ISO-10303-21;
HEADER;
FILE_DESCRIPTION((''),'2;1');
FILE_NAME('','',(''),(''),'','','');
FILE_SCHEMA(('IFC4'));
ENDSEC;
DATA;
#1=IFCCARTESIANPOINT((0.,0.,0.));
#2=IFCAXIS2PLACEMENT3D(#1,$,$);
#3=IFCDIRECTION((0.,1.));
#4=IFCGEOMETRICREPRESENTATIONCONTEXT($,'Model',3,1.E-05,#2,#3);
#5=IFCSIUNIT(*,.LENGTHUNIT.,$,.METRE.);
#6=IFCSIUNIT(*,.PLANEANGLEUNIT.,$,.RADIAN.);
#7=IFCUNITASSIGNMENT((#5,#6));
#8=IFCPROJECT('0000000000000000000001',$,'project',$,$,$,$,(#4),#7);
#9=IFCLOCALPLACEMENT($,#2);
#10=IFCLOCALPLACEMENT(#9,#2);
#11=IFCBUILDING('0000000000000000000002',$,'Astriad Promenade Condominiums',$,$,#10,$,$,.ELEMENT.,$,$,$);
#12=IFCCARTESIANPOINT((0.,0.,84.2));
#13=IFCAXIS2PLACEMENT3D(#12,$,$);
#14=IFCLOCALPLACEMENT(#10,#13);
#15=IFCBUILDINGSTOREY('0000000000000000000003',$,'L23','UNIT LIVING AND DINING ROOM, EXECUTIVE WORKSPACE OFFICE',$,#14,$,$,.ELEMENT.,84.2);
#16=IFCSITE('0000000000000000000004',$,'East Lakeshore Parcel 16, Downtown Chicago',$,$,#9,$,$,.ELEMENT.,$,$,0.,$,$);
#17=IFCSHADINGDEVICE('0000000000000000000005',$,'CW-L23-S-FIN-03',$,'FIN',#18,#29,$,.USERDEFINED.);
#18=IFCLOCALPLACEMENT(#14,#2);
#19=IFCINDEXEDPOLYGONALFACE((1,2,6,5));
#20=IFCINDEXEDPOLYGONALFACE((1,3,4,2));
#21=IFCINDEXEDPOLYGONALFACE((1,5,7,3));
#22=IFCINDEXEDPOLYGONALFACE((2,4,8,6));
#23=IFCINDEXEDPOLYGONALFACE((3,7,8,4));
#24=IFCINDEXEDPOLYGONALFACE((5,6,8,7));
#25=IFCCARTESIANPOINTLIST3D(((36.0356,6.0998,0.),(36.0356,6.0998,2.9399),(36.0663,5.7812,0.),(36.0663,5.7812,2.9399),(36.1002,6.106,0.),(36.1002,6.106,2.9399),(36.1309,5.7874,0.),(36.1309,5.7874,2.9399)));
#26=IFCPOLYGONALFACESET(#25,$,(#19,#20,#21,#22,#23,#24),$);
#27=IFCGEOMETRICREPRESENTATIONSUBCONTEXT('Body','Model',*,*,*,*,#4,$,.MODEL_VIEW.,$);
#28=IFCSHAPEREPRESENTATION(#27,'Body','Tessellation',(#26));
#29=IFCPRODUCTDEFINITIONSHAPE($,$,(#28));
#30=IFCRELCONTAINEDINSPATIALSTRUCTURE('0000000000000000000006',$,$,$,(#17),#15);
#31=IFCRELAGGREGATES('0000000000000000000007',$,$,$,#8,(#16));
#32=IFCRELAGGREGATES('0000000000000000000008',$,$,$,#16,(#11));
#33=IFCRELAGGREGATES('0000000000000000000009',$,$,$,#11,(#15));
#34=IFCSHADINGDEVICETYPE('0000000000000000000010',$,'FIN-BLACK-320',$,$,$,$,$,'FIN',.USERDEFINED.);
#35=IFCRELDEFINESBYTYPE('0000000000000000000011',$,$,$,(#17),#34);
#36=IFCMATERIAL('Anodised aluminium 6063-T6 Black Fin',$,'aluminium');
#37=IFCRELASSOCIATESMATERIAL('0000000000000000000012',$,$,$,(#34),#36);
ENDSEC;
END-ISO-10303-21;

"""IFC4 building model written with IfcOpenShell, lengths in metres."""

from ifc_helpers import new_model, si_unit, direction, frame, origin, origin_2d, place, context, subcontext, project, spatial, rectangle, extrude, source, transform, mapped, material, type_object, type_shapes, element, save


model = new_model("IFC4")

# Units and contexts
model_context = context("Model", 3, precision=1e-05, world=origin(), true_north=direction((0.0, 1.0)))
body_context = subcontext(model_context, "Body", "Model", "MODEL_VIEW")
ifc_project = project(units=[si_unit("LENGTHUNIT", "METRE"), si_unit("PLANEANGLEUNIT", "RADIAN")], contexts=[model_context])

# Site, building, storey
site_placement = place(None, origin())
site = spatial("IfcSite", under=ifc_project, at=site_placement, Name="East Lakeshore Parcel 16, Downtown Chicago", CompositionType="ELEMENT", RefElevation=0.0)
building_placement = place(site_placement, origin())
building = spatial("IfcBuilding", under=site, at=building_placement, Name="Astriad Promenade Condominiums", CompositionType="ELEMENT")
storey_placement = place(building_placement, frame((0.0, 0.0, 84.2)))
storey = spatial("IfcBuildingStorey", under=building, at=storey_placement, Name="L23", Description="UNIT LIVING AND DINING ROOM, EXECUTIVE WORKSPACE OFFICE", CompositionType="ELEMENT", Elevation=84.2)

# Shading device
ifc_material_1 = material(Name="Anodised aluminium 6063-T6 Black Fin", Category="aluminium")
shading_device_type = type_object("IfcShadingDeviceType", Name="FIN-BLACK-320", ElementType="FIN", PredefinedType="USERDEFINED", material=ifc_material_1)
shared_shape_1 = source(origin(), body_context, "Body", "SweptSolid", [
    extrude(rectangle(XDim=0.0649, YDim=0.3201, at=origin_2d()), origin(), (0.0, 0.0, 1.0), 2.9399),
])
type_shapes(shading_device_type, [shared_shape_1])
shading_device_placement = place(storey_placement, frame((36.0833, 5.9436, 0.0), z_axis=(0.0, 0.0, 1.0), x_axis=(-0.995396, -0.095846, 0.0)))
element("IfcShadingDevice", 1, at=shading_device_placement, inside=storey, type_object=shading_device_type, Name="CW-L23-S-FIN-03", ObjectType="FIN", PredefinedType="USERDEFINED", context=body_context, shape_type="MappedRepresentation", body=[
    mapped(shared_shape_1, transform((0.0, 0.0, 0.0), scale=1.0)),
])

save(model, "model.ifc")
